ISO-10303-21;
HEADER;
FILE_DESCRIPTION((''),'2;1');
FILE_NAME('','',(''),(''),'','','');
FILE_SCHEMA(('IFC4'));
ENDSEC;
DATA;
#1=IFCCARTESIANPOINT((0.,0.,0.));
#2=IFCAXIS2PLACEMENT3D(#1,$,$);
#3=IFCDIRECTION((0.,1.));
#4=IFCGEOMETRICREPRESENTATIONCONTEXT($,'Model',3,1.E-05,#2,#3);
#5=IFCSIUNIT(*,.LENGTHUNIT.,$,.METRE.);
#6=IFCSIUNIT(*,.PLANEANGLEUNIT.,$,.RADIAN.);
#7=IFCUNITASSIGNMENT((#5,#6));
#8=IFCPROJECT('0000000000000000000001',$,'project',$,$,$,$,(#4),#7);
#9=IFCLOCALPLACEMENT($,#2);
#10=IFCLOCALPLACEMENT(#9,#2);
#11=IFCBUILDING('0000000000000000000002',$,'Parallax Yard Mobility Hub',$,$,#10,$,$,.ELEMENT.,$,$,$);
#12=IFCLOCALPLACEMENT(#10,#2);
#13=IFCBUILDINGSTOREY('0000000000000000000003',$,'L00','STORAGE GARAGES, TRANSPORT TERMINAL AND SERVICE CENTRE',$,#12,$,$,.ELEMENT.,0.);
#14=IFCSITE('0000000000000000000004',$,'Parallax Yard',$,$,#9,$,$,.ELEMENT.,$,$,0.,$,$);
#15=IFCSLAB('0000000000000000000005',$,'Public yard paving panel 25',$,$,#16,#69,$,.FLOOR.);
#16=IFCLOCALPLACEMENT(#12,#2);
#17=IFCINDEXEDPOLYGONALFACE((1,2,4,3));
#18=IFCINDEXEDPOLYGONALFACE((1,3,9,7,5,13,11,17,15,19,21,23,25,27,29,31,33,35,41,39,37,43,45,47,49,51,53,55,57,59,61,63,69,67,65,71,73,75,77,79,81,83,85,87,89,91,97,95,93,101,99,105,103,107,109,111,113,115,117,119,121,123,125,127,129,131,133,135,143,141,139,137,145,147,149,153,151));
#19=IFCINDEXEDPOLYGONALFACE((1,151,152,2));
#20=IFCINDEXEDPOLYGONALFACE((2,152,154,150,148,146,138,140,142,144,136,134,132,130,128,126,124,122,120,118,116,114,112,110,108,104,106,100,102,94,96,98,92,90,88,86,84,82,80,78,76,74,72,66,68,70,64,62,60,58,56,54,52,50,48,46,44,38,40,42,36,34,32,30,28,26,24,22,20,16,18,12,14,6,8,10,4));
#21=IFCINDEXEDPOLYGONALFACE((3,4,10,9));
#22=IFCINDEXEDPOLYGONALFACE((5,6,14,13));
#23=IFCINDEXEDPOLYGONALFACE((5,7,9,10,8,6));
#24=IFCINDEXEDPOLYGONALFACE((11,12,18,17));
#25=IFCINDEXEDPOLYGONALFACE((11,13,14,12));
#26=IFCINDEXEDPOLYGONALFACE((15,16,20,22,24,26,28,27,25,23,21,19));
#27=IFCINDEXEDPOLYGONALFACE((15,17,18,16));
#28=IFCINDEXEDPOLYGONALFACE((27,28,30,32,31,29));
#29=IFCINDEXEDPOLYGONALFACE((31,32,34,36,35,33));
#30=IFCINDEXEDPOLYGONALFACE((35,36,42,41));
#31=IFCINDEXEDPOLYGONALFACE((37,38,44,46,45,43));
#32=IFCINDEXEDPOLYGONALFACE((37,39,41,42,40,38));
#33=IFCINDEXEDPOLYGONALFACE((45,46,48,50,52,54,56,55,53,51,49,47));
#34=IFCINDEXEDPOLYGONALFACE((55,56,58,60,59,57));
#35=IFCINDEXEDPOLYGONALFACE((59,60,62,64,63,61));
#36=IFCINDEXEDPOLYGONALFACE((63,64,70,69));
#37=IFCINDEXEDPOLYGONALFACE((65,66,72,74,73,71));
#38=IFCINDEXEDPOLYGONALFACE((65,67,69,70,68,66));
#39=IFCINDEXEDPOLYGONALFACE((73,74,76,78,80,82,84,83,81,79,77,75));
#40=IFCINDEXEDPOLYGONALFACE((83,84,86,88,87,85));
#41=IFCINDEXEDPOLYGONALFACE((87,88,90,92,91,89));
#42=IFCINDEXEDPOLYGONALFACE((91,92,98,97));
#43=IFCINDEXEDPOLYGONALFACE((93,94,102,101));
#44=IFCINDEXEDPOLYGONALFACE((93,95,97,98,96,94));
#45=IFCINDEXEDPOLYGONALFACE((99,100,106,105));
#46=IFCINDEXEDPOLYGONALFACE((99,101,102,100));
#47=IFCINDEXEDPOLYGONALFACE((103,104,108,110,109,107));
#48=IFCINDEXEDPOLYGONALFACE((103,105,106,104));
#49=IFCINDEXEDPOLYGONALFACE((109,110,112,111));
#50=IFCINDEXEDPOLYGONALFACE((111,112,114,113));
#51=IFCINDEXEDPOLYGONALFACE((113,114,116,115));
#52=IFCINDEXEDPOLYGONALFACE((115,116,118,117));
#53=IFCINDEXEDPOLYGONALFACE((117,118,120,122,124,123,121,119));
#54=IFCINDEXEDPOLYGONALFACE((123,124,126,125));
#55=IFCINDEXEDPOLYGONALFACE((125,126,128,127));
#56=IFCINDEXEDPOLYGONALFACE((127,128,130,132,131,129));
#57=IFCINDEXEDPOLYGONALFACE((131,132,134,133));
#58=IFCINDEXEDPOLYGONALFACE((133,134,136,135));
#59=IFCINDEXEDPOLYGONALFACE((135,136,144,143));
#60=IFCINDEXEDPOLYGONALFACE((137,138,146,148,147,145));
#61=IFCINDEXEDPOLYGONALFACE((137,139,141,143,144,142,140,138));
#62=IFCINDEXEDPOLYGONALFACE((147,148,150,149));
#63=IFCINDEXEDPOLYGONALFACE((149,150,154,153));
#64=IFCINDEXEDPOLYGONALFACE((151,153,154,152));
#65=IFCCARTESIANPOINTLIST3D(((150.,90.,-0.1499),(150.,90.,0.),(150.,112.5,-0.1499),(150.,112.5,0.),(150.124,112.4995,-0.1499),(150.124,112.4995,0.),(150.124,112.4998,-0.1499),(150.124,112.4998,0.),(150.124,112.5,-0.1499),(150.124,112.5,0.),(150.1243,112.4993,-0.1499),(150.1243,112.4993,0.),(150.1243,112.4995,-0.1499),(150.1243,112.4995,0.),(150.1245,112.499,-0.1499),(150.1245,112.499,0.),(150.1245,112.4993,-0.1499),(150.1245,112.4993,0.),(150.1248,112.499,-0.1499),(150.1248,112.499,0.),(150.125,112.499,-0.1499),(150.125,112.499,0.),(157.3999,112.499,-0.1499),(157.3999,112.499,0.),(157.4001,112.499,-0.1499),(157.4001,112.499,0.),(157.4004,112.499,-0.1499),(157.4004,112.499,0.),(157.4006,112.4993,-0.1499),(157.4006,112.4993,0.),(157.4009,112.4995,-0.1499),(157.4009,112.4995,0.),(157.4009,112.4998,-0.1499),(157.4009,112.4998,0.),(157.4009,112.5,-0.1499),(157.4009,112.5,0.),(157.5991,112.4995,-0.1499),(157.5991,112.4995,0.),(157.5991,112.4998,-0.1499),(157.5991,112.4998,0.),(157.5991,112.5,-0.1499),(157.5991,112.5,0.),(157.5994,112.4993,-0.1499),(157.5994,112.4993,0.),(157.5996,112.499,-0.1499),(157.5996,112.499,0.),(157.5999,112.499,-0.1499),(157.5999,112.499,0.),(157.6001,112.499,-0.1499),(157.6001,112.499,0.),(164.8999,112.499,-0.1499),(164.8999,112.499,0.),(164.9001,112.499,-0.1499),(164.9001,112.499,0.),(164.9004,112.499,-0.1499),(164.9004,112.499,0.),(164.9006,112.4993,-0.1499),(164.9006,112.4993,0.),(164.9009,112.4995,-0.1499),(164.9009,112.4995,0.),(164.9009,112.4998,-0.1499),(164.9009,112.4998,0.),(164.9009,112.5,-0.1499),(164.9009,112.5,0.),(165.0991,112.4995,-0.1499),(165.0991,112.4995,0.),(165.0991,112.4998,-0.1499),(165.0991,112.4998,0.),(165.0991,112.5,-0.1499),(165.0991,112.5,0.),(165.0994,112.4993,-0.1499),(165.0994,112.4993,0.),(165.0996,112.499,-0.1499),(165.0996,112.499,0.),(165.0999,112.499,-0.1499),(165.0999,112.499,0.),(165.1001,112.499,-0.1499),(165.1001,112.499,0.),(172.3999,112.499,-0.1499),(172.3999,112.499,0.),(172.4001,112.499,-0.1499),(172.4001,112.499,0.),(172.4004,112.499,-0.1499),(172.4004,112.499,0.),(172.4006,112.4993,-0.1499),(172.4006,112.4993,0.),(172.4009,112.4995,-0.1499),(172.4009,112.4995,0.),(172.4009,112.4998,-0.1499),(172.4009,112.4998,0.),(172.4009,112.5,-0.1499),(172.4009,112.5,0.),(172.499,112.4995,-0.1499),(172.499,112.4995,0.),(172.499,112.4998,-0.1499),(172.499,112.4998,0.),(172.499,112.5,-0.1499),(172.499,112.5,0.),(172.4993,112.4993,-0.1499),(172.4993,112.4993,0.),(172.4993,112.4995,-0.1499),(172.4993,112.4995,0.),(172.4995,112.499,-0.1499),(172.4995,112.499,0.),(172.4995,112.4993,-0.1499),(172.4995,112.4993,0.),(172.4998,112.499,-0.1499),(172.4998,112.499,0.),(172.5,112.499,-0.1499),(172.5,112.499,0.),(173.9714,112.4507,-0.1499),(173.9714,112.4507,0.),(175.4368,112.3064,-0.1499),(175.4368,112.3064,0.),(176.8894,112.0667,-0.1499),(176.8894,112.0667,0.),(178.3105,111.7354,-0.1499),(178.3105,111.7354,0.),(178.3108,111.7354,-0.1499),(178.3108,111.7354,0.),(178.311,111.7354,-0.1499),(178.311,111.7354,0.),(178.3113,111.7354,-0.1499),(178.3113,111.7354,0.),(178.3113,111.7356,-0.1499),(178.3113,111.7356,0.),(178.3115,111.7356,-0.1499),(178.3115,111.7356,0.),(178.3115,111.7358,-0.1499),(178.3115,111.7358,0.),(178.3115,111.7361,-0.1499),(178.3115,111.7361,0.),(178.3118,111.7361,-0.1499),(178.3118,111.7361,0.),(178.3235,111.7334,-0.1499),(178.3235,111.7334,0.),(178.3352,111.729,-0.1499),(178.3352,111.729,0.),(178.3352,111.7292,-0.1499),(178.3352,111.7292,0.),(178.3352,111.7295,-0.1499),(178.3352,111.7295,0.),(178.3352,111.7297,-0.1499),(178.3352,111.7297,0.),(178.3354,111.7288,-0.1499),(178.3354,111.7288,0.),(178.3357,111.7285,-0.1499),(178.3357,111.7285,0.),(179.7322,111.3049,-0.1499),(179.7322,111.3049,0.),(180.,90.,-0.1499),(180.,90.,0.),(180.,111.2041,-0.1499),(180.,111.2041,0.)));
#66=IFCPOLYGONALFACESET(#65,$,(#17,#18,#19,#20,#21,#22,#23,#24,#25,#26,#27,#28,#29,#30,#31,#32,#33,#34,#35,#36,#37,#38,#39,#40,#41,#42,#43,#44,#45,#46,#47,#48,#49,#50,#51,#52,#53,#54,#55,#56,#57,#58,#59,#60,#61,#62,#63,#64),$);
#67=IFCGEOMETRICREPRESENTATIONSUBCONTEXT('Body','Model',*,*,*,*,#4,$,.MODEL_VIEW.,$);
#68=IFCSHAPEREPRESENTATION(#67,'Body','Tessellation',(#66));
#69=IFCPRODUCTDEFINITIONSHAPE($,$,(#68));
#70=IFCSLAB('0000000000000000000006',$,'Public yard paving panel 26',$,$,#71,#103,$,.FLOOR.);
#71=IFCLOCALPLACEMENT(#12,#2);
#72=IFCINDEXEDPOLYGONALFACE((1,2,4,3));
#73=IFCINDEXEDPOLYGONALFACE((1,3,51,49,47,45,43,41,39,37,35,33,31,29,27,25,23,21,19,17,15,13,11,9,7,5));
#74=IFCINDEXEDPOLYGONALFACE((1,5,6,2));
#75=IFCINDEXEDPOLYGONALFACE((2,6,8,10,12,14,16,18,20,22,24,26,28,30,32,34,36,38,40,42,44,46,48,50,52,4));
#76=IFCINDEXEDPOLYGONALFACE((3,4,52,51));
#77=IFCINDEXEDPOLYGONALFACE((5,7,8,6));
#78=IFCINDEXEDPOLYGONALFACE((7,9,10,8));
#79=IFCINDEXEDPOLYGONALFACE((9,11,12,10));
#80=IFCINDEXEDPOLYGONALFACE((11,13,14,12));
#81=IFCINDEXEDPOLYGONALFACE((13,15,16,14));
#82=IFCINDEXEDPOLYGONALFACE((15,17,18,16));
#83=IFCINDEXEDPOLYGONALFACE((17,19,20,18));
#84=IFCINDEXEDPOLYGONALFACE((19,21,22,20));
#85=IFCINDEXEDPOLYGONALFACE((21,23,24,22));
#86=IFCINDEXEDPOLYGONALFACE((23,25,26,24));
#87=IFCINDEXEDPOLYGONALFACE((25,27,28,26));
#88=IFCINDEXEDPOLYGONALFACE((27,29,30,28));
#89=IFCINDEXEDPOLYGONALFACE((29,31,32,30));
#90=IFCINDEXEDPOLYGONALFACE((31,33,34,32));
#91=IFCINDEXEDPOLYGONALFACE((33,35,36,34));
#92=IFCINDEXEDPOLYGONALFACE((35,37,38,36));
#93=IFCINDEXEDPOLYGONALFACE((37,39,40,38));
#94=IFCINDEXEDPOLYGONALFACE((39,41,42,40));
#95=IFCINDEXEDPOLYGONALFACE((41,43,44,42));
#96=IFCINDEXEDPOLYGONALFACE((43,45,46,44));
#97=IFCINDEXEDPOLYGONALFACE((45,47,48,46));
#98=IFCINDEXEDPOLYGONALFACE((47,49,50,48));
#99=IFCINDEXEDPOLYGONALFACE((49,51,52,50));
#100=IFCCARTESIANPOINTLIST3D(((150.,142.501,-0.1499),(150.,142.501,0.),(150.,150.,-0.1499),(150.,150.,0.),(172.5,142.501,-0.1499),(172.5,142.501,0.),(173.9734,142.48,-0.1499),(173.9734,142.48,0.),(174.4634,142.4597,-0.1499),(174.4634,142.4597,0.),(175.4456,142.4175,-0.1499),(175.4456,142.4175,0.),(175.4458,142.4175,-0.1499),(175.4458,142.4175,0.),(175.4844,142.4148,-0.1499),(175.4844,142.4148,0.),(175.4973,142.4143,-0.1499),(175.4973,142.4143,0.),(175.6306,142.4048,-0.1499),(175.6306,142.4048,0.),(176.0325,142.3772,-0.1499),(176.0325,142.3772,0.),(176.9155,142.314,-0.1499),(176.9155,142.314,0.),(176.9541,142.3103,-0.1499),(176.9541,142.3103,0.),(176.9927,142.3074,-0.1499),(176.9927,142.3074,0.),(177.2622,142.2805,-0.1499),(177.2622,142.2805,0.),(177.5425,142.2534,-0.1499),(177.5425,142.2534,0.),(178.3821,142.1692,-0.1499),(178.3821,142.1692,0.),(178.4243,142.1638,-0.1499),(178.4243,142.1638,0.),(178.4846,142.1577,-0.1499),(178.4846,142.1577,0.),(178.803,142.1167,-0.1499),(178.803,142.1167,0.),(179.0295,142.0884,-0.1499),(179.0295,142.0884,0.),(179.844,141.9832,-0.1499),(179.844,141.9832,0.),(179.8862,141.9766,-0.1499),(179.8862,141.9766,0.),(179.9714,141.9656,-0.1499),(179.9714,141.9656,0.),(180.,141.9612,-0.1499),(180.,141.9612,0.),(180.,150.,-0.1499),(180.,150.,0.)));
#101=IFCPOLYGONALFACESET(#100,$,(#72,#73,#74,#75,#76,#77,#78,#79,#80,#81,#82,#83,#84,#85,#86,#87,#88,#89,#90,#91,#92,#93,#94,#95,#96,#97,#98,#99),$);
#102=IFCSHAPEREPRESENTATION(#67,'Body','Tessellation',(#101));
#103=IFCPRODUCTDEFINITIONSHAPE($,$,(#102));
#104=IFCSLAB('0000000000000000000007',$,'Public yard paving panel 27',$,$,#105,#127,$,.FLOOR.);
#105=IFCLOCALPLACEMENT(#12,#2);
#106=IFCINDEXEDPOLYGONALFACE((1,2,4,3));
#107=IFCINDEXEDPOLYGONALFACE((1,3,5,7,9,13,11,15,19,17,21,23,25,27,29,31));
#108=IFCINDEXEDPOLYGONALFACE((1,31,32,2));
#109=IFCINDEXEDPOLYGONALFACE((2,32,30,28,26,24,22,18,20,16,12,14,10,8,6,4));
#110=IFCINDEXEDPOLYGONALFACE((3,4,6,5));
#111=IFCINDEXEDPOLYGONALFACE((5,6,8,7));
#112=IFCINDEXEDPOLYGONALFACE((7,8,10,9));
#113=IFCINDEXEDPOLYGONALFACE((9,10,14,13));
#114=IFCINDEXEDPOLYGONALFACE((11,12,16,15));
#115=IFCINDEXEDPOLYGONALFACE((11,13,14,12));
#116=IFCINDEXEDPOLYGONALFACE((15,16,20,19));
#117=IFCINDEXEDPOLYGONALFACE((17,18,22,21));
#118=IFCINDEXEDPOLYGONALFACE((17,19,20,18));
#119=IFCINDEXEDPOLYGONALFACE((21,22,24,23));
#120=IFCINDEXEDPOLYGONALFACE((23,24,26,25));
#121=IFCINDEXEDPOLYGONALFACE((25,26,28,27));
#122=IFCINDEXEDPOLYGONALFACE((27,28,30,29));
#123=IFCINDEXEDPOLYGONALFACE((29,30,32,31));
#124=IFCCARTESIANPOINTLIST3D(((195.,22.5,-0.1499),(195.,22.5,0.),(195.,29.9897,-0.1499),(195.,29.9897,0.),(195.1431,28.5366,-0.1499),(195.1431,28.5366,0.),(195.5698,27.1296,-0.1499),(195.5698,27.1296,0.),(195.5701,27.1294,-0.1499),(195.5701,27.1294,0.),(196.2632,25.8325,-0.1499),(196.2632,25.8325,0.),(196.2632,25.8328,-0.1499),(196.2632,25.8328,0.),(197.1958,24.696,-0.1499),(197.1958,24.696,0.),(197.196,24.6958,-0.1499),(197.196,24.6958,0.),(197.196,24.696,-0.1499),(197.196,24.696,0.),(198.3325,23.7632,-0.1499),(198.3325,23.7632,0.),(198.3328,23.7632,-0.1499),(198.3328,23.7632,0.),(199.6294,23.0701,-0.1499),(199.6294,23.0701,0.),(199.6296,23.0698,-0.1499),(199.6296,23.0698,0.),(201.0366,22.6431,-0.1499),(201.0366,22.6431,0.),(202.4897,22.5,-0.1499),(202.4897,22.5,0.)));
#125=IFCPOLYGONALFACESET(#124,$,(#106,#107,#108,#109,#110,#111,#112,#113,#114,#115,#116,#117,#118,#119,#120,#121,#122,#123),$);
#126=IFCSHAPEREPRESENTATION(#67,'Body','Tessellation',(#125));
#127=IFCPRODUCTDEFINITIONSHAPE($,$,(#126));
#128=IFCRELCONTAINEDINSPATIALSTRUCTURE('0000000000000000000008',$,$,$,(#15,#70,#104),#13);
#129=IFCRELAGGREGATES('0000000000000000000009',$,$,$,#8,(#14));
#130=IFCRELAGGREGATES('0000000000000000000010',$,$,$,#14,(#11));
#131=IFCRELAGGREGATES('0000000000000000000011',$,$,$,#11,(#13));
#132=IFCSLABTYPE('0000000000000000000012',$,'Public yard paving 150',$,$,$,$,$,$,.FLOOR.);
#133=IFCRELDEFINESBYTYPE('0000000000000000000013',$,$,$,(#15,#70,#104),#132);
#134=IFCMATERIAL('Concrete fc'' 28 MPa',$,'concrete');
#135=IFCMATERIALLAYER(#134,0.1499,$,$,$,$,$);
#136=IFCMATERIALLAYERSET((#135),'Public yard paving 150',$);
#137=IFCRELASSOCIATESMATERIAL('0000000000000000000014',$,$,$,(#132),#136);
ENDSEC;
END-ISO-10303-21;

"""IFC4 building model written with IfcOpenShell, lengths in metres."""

from ifc_helpers import new_model, si_unit, direction, frame, origin, place, context, subcontext, project, spatial, polyline, outline, extrude, material, layer, layer_set, type_object, element, save


model = new_model("IFC4")

# Units and contexts
model_context = context("Model", 3, precision=1e-05, world=origin(), true_north=direction((0.0, 1.0)))
body_context = subcontext(model_context, "Body", "Model", "MODEL_VIEW")
ifc_project = project(units=[si_unit("LENGTHUNIT", "METRE"), si_unit("PLANEANGLEUNIT", "RADIAN")], contexts=[model_context])

# Site, building, storey
site_placement = place(None, origin())
site = spatial("IfcSite", under=ifc_project, at=site_placement, Name="Parallax Yard", CompositionType="ELEMENT", RefElevation=0.0)
building_placement = place(site_placement, origin())
building = spatial("IfcBuilding", under=site, at=building_placement, Name="Parallax Yard Mobility Hub", CompositionType="ELEMENT")
storey_placement = place(building_placement, origin())
storey = spatial("IfcBuildingStorey", under=building, at=storey_placement, Name="L00", Description="STORAGE GARAGES, TRANSPORT TERMINAL AND SERVICE CENTRE", CompositionType="ELEMENT", Elevation=0.0)

# Slabs
ifc_material = material(Name="Concrete fc' 28 MPa", Category="concrete")
ifc_layer_1 = layer(ifc_material, 0.1499)
ifc_layer_set_1 = layer_set([ifc_layer_1], Name="Public yard paving 150")
slab_type_1 = type_object("IfcSlabType", Name="Public yard paving 150", PredefinedType="FLOOR", material=ifc_layer_set_1)
slab_1_placement = place(storey_placement, frame((0.0, 0.0, -0.1499)))
element("IfcSlab", 1, at=slab_1_placement, inside=storey, type_object=slab_type_1, Name="Public yard paving panel 25", PredefinedType="FLOOR", context=body_context, shape_type="SweptSolid", body=[
    extrude(outline(polyline([(150.124, 112.5), (150.124, 112.5), (150.124, 112.4998), (150.124, 112.4998), (150.124, 112.4995), (150.124, 112.4995), (150.1243, 112.4995), (150.1243, 112.4995), (150.1243, 112.4993), (150.1245, 112.4993), (150.1245, 112.4993), (150.1245, 112.499), (150.1245, 112.499), (150.1248, 112.499), (150.1248, 112.499), (150.125, 112.499), (150.125, 112.499), (157.3999, 112.499), (157.4001, 112.499), (157.4001, 112.499), (157.4004, 112.499), (157.4004, 112.499), (157.4004, 112.499), (157.4006, 112.4993), (157.4006, 112.4993), (157.4006, 112.4993), (157.4009, 112.4995), (157.4009, 112.4995), (157.4009, 112.4995), (157.4009, 112.4995), (157.4009, 112.4998), (157.4009, 112.4998), (157.4009, 112.5), (157.4009, 112.5), (157.5991, 112.5), (157.5991, 112.5), (157.5991, 112.4998), (157.5991, 112.4998), (157.5991, 112.4995), (157.5991, 112.4995), (157.5991, 112.4995), (157.5991, 112.4995), (157.5994, 112.4993), (157.5994, 112.4993), (157.5994, 112.4993), (157.5996, 112.499), (157.5996, 112.499), (157.5996, 112.499), (157.5999, 112.499), (157.5999, 112.499), (157.6001, 112.499), (164.8999, 112.499), (164.9001, 112.499), (164.9001, 112.499), (164.9004, 112.499), (164.9004, 112.499), (164.9004, 112.499), (164.9006, 112.4993), (164.9006, 112.4993), (164.9006, 112.4993), (164.9009, 112.4995), (164.9009, 112.4995), (164.9009, 112.4995), (164.9009, 112.4995), (164.9009, 112.4998), (164.9009, 112.4998), (164.9009, 112.5), (164.9009, 112.5), (165.0991, 112.5), (165.0991, 112.5), (165.0991, 112.4998), (165.0991, 112.4998), (165.0991, 112.4995), (165.0991, 112.4995), (165.0991, 112.4995), (165.0991, 112.4995), (165.0994, 112.4993), (165.0994, 112.4993), (165.0994, 112.4993), (165.0996, 112.499), (165.0996, 112.499), (165.0996, 112.499), (165.0999, 112.499), (165.0999, 112.499), (165.1001, 112.499), (172.3999, 112.499), (172.4001, 112.499), (172.4001, 112.499), (172.4004, 112.499), (172.4004, 112.499), (172.4004, 112.499), (172.4006, 112.4993), (172.4006, 112.4993), (172.4006, 112.4993), (172.4009, 112.4995), (172.4009, 112.4995), (172.4009, 112.4995), (172.4009, 112.4995), (172.4009, 112.4998), (172.4009, 112.4998), (172.4009, 112.5), (172.4009, 112.5), (172.499, 112.5), (172.499, 112.5), (172.499, 112.4998), (172.499, 112.4998), (172.499, 112.4995), (172.499, 112.4995), (172.4993, 112.4995), (172.4993, 112.4995), (172.4993, 112.4993), (172.4993, 112.4993), (172.4995, 112.4993), (172.4995, 112.499), (172.4995, 112.499), (172.4998, 112.499), (172.4998, 112.499), (172.5, 112.499), (172.5, 112.499), (173.9714, 112.4507), (175.4368, 112.3064), (176.8894, 112.0667), (178.3105, 111.7354), (178.3105, 111.7354), (178.3108, 111.7354), (178.3108, 111.7354), (178.3108, 111.7354), (178.311, 111.7354), (178.311, 111.7354), (178.311, 111.7354), (178.3113, 111.7354), (178.3113, 111.7356), (178.3113, 111.7356), (178.3113, 111.7356), (178.3115, 111.7356), (178.3115, 111.7358), (178.3115, 111.7358), (178.3115, 111.7361), (178.3118, 111.7361), (178.3118, 111.7361), (178.3235, 111.7334), (178.3352, 111.7297), (178.3352, 111.7297), (178.3352, 111.7297), (178.3352, 111.7295), (178.3352, 111.7295), (178.3352, 111.7295), (178.3352, 111.7292), (178.3352, 111.7292), (178.3352, 111.729), (178.3352, 111.729), (178.3352, 111.729), (178.3352, 111.729), (178.3354, 111.7288), (178.3354, 111.7288), (178.3354, 111.7288), (178.3357, 111.7285), (178.3357, 111.7285), (178.3357, 111.7285), (179.7322, 111.3049), (180.0, 111.2041), (180.0, 90.0), (150.0, 90.0), (150.0, 112.5), (150.124, 112.5)])), origin(), (0.0, 0.0, 1.0), 0.1499),
])
slab_2_placement = place(storey_placement, frame((0.0, 0.0, -0.1499)))
element("IfcSlab", 2, at=slab_2_placement, inside=storey, type_object=slab_type_1, Name="Public yard paving panel 26", PredefinedType="FLOOR", context=body_context, shape_type="SweptSolid", body=[
    extrude(outline(polyline([(180.0, 150.0), (180.0, 141.9612), (179.9714, 141.9656), (179.8862, 141.9766), (179.844, 141.9832), (179.844, 141.9832), (179.0295, 142.0884), (179.0295, 142.0884), (178.803, 142.1167), (178.4846, 142.1577), (178.4243, 142.1638), (178.3821, 142.1692), (178.3821, 142.1692), (177.5425, 142.2534), (177.5425, 142.2534), (177.2622, 142.2805), (176.9927, 142.3074), (176.9541, 142.3103), (176.9155, 142.314), (176.9155, 142.314), (176.0325, 142.3772), (176.0325, 142.3772), (175.6306, 142.4048), (175.4973, 142.4143), (175.4844, 142.4148), (175.4458, 142.4175), (175.4456, 142.4175), (174.4634, 142.4597), (174.4634, 142.4597), (173.9734, 142.48), (173.9734, 142.48), (172.5, 142.501), (172.5, 142.501), (150.0, 142.501), (150.0, 150.0), (180.0, 150.0)])), origin(), (0.0, 0.0, 1.0), 0.1499),
])
slab_3_placement = place(storey_placement, frame((0.0, 0.0, -0.1499)))
element("IfcSlab", 3, at=slab_3_placement, inside=storey, type_object=slab_type_1, Name="Public yard paving panel 27", PredefinedType="FLOOR", context=body_context, shape_type="SweptSolid", body=[
    extrude(outline(polyline([(195.1431, 28.5366), (195.1431, 28.5366), (195.1431, 28.5366), (195.5698, 27.1296), (195.5701, 27.1294), (195.5701, 27.1294), (196.2632, 25.8328), (196.2632, 25.8325), (196.2632, 25.8325), (197.1958, 24.696), (197.196, 24.696), (197.196, 24.6958), (198.3325, 23.7632), (198.3325, 23.7632), (198.3328, 23.7632), (199.6294, 23.0701), (199.6294, 23.0701), (199.6296, 23.0698), (201.0366, 22.6431), (201.0366, 22.6431), (201.0366, 22.6431), (202.4897, 22.5), (195.0, 22.5), (195.0, 29.9897), (195.1431, 28.5366)])), origin(), (0.0, 0.0, 1.0), 0.1499),
])

save(model, "model.ifc")
